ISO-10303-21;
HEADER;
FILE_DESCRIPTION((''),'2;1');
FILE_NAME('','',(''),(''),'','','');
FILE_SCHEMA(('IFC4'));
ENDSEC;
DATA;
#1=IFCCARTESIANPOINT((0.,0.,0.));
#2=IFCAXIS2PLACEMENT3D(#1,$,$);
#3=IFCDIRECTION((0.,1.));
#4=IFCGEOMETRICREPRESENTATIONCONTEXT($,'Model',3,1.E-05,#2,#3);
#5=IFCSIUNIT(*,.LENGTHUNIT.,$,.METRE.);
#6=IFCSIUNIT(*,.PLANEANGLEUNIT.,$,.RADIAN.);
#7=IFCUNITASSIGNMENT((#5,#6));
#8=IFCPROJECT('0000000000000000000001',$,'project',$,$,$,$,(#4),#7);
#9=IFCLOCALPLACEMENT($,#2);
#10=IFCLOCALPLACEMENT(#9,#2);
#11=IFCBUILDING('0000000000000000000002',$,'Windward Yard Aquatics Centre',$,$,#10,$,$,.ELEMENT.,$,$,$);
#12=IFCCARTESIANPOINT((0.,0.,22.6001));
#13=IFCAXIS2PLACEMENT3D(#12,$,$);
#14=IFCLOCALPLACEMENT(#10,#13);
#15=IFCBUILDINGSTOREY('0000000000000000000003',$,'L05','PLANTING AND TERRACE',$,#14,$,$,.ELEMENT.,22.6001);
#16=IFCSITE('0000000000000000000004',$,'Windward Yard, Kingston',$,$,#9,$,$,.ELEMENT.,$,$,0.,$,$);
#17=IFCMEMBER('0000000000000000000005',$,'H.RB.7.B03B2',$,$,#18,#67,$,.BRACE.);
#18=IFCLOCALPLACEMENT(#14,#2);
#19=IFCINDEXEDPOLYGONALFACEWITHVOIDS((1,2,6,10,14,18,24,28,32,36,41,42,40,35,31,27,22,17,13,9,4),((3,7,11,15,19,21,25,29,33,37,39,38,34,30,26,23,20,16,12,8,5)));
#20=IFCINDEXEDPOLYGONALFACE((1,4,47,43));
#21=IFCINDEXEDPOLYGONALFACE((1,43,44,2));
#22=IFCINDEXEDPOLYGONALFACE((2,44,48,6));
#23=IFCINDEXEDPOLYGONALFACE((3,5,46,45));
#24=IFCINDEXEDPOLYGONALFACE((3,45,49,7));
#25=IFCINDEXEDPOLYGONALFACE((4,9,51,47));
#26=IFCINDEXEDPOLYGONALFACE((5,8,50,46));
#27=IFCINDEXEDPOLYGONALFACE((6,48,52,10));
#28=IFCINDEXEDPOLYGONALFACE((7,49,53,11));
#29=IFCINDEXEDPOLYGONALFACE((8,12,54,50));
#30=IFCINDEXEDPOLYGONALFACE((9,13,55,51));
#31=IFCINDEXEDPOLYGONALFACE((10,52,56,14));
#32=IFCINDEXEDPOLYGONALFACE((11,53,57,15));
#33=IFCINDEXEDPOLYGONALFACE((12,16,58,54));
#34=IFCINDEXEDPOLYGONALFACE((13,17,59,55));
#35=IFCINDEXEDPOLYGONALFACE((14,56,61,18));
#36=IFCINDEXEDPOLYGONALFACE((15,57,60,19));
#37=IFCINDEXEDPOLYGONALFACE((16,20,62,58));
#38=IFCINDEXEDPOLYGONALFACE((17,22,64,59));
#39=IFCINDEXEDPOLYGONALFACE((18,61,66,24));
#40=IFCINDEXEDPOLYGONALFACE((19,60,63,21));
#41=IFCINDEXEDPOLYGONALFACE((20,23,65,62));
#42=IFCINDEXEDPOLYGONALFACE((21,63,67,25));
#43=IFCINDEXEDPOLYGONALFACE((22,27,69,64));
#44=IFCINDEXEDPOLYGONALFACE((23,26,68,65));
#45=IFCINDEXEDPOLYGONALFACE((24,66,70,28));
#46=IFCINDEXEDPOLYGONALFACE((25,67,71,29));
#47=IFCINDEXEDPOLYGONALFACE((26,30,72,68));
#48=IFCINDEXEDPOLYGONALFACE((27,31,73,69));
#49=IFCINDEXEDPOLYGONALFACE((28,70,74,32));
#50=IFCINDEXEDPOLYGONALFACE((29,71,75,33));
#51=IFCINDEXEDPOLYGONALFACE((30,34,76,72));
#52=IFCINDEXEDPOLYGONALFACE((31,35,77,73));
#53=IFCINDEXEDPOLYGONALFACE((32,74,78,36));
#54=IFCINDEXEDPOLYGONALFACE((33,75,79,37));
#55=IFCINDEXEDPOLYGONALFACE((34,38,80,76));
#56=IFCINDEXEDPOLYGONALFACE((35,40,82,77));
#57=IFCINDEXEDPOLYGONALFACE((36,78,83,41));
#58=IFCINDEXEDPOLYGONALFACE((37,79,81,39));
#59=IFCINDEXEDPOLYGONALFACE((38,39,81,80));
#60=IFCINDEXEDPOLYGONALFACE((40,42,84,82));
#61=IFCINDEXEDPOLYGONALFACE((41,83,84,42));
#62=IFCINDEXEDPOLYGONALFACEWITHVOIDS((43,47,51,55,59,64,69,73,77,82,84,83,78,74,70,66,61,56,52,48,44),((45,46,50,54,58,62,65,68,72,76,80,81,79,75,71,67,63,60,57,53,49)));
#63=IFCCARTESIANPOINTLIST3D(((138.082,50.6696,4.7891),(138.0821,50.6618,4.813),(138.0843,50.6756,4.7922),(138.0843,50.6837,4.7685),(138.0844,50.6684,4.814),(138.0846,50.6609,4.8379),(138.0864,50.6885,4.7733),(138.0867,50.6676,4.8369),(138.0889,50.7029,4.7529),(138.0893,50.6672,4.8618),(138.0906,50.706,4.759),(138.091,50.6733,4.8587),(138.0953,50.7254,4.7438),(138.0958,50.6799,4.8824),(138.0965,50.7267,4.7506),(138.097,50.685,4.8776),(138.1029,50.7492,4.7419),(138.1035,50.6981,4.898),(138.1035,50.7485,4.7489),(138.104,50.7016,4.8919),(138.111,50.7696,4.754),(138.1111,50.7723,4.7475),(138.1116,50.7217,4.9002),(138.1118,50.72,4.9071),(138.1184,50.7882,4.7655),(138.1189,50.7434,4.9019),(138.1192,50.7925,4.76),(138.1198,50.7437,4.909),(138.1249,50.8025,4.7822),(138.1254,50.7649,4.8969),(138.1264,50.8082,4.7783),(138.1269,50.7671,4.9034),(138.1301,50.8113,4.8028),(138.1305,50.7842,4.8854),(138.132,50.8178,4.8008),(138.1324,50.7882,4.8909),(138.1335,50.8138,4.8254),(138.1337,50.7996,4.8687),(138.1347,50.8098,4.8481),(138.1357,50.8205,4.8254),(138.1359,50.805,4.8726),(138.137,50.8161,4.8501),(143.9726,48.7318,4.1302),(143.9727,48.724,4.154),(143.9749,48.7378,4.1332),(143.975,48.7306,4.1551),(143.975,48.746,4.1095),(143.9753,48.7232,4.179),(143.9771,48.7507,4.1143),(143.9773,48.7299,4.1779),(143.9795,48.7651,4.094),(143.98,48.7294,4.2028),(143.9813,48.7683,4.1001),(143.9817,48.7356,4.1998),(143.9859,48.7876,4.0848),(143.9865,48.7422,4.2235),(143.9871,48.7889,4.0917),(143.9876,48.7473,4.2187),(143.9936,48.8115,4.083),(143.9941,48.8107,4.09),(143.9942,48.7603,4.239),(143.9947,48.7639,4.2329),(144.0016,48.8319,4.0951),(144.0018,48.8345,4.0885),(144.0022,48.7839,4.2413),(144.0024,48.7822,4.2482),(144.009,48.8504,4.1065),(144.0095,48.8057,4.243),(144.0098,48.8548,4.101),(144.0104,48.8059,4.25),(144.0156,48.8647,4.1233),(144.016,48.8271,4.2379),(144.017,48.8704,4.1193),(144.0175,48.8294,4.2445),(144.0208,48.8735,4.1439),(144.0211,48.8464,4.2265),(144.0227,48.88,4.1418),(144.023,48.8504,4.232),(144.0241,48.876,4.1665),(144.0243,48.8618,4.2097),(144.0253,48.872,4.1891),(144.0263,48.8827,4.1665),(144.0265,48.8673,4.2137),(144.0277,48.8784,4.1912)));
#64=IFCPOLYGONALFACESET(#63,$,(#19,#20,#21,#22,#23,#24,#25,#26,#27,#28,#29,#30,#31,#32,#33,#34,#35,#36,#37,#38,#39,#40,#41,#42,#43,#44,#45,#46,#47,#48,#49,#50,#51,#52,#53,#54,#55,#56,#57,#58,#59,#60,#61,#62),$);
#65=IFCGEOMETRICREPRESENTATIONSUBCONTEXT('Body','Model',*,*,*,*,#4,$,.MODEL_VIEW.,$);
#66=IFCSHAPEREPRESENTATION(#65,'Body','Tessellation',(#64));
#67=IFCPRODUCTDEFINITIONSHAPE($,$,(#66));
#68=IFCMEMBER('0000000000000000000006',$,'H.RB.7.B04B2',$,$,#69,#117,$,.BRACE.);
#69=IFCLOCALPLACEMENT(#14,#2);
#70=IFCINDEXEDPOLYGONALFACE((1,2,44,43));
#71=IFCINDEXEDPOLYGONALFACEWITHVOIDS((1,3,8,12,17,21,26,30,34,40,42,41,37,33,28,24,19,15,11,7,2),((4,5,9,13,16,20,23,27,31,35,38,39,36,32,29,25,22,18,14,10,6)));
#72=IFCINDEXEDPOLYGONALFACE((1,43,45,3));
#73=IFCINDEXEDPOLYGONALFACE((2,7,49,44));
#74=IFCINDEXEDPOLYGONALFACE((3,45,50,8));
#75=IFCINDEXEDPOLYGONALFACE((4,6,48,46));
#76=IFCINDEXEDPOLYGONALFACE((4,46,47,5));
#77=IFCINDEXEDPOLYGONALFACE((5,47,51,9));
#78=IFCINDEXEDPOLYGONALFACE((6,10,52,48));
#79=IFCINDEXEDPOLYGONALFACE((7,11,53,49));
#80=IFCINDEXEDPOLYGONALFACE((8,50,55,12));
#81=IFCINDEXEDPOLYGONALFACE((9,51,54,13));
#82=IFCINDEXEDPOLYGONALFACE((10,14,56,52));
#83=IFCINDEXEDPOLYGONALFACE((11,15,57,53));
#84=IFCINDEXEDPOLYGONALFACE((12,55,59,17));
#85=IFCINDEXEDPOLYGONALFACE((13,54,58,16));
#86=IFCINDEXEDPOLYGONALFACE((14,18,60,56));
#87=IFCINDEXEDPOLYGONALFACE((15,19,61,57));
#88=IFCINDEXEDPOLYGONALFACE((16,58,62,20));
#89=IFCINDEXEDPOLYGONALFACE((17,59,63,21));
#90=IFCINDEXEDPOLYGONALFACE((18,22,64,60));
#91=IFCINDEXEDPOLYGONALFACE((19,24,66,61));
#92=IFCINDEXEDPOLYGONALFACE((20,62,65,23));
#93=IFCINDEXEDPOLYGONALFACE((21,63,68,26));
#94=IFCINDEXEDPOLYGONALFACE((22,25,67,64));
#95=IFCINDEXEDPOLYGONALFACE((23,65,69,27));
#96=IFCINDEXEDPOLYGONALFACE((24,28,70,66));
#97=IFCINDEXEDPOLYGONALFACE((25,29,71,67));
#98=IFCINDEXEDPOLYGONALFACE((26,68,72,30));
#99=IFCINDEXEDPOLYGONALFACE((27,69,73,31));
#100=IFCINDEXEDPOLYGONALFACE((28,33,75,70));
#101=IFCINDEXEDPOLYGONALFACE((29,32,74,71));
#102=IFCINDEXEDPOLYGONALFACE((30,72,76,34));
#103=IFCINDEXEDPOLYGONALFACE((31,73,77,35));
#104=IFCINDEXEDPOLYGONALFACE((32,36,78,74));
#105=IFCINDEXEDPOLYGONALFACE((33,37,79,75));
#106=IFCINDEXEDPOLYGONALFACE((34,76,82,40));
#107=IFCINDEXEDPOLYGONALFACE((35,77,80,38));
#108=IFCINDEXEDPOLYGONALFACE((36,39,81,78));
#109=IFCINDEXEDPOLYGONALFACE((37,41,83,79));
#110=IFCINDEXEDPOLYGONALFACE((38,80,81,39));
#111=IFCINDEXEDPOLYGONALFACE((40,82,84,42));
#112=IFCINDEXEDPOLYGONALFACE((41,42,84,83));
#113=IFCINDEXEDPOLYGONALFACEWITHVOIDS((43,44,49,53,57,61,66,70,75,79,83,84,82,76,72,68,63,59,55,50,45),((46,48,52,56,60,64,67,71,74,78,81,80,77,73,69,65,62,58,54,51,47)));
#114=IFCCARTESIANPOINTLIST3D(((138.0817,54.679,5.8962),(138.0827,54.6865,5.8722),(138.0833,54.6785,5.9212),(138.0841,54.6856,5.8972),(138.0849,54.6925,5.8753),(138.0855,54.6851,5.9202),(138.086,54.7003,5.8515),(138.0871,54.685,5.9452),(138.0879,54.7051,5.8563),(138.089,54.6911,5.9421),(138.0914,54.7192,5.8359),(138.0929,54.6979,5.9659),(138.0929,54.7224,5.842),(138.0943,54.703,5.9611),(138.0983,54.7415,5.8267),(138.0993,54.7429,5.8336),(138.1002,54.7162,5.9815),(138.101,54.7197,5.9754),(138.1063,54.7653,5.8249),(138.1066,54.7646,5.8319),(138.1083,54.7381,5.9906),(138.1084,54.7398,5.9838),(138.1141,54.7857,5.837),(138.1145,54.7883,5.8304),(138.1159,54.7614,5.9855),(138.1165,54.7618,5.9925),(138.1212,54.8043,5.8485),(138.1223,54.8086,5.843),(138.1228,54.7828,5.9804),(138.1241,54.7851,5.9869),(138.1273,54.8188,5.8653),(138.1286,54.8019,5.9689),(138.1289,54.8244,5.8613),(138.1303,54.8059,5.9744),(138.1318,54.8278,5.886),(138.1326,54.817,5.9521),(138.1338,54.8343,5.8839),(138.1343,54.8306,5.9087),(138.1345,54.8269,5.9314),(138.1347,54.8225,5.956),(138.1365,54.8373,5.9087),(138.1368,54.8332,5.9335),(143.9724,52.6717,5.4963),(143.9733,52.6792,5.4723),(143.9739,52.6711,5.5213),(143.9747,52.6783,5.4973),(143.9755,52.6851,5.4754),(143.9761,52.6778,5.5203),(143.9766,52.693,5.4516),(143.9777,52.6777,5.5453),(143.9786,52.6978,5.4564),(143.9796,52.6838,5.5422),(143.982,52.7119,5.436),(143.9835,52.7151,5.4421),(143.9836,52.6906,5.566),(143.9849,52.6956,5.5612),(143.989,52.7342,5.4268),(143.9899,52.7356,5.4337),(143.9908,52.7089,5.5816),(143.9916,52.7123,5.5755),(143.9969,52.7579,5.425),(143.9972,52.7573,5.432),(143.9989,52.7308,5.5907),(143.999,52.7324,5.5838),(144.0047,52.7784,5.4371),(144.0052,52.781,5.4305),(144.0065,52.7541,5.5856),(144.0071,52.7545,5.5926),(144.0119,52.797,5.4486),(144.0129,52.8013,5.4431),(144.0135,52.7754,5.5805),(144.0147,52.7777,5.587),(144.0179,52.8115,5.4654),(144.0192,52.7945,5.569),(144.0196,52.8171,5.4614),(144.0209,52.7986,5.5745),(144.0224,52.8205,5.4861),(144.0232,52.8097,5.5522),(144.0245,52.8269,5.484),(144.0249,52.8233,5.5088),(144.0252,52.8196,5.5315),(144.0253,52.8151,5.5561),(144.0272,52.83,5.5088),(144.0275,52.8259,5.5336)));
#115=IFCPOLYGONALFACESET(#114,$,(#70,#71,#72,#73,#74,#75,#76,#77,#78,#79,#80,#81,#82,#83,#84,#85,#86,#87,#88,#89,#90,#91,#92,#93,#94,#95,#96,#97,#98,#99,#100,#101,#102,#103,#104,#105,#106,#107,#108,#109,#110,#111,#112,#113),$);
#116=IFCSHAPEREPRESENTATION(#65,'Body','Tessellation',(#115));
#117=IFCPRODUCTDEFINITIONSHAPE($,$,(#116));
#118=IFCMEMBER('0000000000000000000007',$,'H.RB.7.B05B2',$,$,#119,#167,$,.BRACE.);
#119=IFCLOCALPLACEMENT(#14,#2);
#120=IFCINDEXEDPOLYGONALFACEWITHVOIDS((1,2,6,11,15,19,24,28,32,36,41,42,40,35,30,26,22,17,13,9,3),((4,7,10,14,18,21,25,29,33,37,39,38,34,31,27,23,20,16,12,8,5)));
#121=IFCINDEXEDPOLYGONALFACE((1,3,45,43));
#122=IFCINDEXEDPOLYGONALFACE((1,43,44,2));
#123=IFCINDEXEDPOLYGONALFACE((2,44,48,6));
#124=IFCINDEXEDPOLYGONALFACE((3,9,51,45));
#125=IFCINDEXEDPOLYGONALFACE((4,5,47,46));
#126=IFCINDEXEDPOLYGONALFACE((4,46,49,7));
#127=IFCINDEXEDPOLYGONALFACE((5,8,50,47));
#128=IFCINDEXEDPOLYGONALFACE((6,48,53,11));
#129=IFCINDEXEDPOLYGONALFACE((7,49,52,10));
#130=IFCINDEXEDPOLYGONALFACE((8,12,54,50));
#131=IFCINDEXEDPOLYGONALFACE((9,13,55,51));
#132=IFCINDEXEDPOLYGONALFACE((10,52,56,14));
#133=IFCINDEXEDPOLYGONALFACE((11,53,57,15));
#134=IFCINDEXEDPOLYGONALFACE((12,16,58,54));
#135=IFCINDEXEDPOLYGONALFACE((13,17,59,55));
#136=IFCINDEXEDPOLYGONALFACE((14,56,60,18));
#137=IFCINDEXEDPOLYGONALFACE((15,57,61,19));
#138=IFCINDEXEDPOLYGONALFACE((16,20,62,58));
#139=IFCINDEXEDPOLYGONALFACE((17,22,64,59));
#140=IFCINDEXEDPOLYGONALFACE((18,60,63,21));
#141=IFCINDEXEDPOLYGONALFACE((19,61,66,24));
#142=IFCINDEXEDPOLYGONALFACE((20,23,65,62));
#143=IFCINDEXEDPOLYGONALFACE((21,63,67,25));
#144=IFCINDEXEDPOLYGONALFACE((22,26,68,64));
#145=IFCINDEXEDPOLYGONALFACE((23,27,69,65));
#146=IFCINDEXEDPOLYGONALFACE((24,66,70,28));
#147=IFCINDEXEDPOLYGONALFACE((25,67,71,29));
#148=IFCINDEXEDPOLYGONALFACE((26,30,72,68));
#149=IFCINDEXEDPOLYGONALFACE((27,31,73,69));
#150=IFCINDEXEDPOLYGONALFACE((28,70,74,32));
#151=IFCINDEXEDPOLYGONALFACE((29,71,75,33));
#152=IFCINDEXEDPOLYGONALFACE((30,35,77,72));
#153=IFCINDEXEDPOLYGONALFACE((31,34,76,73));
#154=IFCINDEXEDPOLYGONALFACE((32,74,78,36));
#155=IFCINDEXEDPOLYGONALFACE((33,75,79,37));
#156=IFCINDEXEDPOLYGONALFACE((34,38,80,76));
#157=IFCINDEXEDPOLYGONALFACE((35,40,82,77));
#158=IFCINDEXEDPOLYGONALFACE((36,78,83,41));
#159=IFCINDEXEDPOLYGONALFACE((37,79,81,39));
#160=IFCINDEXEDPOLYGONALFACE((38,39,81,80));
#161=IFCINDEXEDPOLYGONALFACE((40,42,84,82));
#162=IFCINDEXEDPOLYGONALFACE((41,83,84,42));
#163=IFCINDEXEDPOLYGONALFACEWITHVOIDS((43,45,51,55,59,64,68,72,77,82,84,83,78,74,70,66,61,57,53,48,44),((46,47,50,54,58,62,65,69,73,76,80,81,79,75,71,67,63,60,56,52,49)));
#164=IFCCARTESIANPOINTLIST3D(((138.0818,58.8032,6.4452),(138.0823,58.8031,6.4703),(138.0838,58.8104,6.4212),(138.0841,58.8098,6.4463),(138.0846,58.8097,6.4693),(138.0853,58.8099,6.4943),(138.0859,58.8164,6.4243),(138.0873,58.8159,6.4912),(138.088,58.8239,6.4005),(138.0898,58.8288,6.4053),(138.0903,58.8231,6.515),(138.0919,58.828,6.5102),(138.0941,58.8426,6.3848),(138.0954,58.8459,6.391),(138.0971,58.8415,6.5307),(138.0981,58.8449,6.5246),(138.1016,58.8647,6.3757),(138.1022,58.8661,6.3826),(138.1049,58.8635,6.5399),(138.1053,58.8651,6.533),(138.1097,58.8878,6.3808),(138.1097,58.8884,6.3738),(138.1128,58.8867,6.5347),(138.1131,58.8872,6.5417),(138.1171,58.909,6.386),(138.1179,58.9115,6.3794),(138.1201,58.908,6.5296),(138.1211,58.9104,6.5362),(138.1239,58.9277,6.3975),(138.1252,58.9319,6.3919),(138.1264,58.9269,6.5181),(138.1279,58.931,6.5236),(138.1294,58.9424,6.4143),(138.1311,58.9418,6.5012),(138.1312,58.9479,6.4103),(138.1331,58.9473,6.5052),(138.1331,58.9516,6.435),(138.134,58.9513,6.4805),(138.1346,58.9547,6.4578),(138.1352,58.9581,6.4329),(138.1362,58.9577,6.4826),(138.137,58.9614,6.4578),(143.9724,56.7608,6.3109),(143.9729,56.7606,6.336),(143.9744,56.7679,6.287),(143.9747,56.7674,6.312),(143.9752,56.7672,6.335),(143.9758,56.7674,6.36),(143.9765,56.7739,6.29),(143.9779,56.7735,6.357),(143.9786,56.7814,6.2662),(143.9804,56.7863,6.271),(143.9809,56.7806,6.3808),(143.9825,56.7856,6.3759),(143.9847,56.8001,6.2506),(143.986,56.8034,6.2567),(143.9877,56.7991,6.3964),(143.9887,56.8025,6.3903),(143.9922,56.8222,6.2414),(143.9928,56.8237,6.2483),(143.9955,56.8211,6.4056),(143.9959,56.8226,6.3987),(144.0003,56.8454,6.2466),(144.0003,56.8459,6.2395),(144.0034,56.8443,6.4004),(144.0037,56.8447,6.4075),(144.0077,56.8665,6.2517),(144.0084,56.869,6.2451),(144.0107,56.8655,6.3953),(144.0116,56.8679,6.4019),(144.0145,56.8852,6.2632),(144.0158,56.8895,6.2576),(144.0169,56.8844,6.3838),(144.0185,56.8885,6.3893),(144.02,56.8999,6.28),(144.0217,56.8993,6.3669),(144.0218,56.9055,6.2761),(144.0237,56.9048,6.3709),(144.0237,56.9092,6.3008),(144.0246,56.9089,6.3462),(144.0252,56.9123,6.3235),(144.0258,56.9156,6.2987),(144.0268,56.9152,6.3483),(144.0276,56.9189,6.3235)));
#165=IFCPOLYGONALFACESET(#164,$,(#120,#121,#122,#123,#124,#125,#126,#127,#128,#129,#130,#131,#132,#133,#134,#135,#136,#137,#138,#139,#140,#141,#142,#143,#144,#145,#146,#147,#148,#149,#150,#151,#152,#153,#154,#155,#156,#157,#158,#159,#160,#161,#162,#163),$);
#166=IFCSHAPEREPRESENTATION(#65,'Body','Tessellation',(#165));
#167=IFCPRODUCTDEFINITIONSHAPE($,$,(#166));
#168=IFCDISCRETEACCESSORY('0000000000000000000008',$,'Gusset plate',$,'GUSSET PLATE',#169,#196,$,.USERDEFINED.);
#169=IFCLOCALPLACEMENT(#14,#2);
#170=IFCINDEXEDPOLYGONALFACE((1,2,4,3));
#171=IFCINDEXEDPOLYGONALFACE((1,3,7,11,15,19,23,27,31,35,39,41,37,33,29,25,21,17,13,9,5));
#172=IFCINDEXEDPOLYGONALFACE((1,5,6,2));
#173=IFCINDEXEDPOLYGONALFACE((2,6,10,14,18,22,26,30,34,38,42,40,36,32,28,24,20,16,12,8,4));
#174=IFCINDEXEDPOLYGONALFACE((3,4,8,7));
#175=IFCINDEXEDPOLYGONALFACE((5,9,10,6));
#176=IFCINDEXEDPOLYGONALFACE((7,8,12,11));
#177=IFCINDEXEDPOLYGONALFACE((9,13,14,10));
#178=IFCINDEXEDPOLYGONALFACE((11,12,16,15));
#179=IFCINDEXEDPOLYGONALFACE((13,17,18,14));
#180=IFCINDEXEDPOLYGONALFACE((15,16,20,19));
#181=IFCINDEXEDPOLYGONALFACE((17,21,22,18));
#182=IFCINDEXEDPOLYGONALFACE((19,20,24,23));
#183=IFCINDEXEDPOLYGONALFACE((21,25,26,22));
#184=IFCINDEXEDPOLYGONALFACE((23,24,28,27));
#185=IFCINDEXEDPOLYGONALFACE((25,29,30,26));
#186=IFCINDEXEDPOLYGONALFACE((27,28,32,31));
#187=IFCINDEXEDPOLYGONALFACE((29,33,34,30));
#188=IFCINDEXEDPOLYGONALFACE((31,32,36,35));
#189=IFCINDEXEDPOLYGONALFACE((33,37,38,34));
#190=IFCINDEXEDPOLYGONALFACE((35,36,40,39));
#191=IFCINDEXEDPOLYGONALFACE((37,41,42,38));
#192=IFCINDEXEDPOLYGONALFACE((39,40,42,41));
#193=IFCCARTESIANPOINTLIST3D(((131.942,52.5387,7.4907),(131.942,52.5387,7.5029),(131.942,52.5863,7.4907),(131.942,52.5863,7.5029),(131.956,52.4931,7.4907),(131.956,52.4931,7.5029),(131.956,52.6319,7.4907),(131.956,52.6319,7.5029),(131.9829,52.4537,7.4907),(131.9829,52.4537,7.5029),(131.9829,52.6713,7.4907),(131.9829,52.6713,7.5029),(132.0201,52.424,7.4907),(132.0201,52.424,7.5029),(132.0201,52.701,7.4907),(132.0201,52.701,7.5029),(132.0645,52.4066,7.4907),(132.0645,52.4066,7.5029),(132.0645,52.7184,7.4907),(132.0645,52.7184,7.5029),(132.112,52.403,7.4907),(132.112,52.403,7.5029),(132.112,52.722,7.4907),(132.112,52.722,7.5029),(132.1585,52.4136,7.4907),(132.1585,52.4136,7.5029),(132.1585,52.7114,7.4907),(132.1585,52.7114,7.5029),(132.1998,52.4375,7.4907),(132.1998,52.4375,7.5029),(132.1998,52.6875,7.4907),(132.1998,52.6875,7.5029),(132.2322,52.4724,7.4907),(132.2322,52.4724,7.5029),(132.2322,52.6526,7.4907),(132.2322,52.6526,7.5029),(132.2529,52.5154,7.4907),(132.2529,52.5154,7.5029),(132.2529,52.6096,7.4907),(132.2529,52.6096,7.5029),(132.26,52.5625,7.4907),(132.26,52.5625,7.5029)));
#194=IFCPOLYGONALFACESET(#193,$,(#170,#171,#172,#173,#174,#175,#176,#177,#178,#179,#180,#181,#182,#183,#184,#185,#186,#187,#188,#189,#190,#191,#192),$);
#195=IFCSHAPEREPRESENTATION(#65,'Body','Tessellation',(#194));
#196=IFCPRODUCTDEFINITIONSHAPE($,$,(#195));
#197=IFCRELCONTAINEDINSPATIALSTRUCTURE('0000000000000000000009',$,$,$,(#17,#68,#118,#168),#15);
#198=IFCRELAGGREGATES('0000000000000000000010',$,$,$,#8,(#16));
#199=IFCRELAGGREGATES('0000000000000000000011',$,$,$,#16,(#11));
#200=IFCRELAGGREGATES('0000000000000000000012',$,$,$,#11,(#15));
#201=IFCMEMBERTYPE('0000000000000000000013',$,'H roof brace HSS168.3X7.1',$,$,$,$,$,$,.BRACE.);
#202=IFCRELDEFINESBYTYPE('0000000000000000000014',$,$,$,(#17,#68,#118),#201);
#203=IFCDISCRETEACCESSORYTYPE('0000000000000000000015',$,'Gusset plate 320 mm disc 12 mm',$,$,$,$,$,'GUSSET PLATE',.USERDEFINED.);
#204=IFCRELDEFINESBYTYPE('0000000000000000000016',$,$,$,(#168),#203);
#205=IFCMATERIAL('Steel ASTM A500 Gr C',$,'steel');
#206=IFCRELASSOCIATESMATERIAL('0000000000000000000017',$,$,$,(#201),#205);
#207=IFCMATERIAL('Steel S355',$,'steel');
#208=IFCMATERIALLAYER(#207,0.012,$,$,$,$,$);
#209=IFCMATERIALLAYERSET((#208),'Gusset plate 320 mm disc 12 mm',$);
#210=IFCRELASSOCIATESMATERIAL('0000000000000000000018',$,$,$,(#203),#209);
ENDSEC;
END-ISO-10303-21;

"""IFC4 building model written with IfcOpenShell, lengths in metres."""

from ifc_helpers import new_model, si_unit, direction, frame, origin, origin_2d, place, context, subcontext, project, spatial, circle, hollow_circle, extrude, material, layer, layer_set, material_profile, profile_set, type_object, element, save


model = new_model("IFC4")

# Units and contexts
model_context = context("Model", 3, precision=1e-05, world=origin(), true_north=direction((0.0, 1.0)))
body_context = subcontext(model_context, "Body", "Model", "MODEL_VIEW")
ifc_project = project(units=[si_unit("LENGTHUNIT", "METRE"), si_unit("PLANEANGLEUNIT", "RADIAN")], contexts=[model_context])

# Site, building, storey
site_placement = place(None, origin())
site = spatial("IfcSite", under=ifc_project, at=site_placement, Name="Windward Yard, Kingston", CompositionType="ELEMENT", RefElevation=0.0)
building_placement = place(site_placement, origin())
building = spatial("IfcBuilding", under=site, at=building_placement, Name="Windward Yard Aquatics Centre", CompositionType="ELEMENT")
storey_placement = place(building_placement, frame((0.0, 0.0, 22.6001)))
storey = spatial("IfcBuildingStorey", under=building, at=storey_placement, Name="L05", Description="PLANTING AND TERRACE", CompositionType="ELEMENT", Elevation=22.6001)

# Members
ifc_material_1 = material(Name="Steel ASTM A500 Gr C", Category="steel")
ifc_material_profile = material_profile(ifc_material_1, hollow_circle(Radius=0.0842, WallThickness=0.0071, at=origin_2d()), Name="HSS168.3X7.1")
ifc_profile_set = profile_set([ifc_material_profile], Name="Steel ASTM A500 Gr C")
member_type = type_object("IfcMemberType", Name="H roof brace HSS168.3X7.1", PredefinedType="BRACE", material=ifc_profile_set)
for number, where, z_axis, x_axis, name in (
    (1, (138.1094, 50.7405, 4.8254), (0.944606, -0.310732, -0.105665), (0.312481, 0.949924, 0.0), "H.RB.7.B03B2"),
    (2, (138.1094, 54.7576, 5.9087), (0.944603, -0.321889, -0.064127), (0.322553, 0.946552, 0.0), "H.RB.7.B04B2"),
    (3, (138.1094, 58.8818, 6.4578), (0.944597, -0.327524, -0.021532), (0.3276, 0.944816, 0.0), "H.RB.7.B05B2"),
):
    element("IfcMember", number, at=place(storey_placement, frame(where, z_axis=z_axis, x_axis=x_axis)), inside=storey, type_object=member_type, Name=name, PredefinedType="BRACE", context=body_context, shape_type="SweptSolid", body=[
        extrude(hollow_circle(Radius=0.0842, WallThickness=0.0071, at=origin_2d()), origin(), (0.0, 0.0, 1.0), 6.2361),
    ])

# Discrete accessory
ifc_material_2 = material(Name="Steel S355", Category="steel")
ifc_layer = layer(ifc_material_2, 0.012)
ifc_layer_set = layer_set([ifc_layer], Name="Gusset plate 320 mm disc 12 mm")
discrete_accessory_type = type_object("IfcDiscreteAccessoryType", Name="Gusset plate 320 mm disc 12 mm", ElementType="GUSSET PLATE", PredefinedType="USERDEFINED", material=ifc_layer_set)
for number, where, z_axis, x_axis, name in (
    (4, (132.1001, 52.5625, 7.4907), (0.0, 0.0, 1.0), (1.0, 0.0, 0.0), "Gusset plate"),
):
    element("IfcDiscreteAccessory", number, at=place(storey_placement, frame(where, z_axis=z_axis, x_axis=x_axis)), inside=storey, type_object=discrete_accessory_type, Name=name, ObjectType="GUSSET PLATE", PredefinedType="USERDEFINED", context=body_context, shape_type="SweptSolid", body=[
        extrude(circle(Radius=0.1599, at=origin_2d()), origin(), (0.0, 0.0, 1.0), 0.0122),
    ])

save(model, "model.ifc")
